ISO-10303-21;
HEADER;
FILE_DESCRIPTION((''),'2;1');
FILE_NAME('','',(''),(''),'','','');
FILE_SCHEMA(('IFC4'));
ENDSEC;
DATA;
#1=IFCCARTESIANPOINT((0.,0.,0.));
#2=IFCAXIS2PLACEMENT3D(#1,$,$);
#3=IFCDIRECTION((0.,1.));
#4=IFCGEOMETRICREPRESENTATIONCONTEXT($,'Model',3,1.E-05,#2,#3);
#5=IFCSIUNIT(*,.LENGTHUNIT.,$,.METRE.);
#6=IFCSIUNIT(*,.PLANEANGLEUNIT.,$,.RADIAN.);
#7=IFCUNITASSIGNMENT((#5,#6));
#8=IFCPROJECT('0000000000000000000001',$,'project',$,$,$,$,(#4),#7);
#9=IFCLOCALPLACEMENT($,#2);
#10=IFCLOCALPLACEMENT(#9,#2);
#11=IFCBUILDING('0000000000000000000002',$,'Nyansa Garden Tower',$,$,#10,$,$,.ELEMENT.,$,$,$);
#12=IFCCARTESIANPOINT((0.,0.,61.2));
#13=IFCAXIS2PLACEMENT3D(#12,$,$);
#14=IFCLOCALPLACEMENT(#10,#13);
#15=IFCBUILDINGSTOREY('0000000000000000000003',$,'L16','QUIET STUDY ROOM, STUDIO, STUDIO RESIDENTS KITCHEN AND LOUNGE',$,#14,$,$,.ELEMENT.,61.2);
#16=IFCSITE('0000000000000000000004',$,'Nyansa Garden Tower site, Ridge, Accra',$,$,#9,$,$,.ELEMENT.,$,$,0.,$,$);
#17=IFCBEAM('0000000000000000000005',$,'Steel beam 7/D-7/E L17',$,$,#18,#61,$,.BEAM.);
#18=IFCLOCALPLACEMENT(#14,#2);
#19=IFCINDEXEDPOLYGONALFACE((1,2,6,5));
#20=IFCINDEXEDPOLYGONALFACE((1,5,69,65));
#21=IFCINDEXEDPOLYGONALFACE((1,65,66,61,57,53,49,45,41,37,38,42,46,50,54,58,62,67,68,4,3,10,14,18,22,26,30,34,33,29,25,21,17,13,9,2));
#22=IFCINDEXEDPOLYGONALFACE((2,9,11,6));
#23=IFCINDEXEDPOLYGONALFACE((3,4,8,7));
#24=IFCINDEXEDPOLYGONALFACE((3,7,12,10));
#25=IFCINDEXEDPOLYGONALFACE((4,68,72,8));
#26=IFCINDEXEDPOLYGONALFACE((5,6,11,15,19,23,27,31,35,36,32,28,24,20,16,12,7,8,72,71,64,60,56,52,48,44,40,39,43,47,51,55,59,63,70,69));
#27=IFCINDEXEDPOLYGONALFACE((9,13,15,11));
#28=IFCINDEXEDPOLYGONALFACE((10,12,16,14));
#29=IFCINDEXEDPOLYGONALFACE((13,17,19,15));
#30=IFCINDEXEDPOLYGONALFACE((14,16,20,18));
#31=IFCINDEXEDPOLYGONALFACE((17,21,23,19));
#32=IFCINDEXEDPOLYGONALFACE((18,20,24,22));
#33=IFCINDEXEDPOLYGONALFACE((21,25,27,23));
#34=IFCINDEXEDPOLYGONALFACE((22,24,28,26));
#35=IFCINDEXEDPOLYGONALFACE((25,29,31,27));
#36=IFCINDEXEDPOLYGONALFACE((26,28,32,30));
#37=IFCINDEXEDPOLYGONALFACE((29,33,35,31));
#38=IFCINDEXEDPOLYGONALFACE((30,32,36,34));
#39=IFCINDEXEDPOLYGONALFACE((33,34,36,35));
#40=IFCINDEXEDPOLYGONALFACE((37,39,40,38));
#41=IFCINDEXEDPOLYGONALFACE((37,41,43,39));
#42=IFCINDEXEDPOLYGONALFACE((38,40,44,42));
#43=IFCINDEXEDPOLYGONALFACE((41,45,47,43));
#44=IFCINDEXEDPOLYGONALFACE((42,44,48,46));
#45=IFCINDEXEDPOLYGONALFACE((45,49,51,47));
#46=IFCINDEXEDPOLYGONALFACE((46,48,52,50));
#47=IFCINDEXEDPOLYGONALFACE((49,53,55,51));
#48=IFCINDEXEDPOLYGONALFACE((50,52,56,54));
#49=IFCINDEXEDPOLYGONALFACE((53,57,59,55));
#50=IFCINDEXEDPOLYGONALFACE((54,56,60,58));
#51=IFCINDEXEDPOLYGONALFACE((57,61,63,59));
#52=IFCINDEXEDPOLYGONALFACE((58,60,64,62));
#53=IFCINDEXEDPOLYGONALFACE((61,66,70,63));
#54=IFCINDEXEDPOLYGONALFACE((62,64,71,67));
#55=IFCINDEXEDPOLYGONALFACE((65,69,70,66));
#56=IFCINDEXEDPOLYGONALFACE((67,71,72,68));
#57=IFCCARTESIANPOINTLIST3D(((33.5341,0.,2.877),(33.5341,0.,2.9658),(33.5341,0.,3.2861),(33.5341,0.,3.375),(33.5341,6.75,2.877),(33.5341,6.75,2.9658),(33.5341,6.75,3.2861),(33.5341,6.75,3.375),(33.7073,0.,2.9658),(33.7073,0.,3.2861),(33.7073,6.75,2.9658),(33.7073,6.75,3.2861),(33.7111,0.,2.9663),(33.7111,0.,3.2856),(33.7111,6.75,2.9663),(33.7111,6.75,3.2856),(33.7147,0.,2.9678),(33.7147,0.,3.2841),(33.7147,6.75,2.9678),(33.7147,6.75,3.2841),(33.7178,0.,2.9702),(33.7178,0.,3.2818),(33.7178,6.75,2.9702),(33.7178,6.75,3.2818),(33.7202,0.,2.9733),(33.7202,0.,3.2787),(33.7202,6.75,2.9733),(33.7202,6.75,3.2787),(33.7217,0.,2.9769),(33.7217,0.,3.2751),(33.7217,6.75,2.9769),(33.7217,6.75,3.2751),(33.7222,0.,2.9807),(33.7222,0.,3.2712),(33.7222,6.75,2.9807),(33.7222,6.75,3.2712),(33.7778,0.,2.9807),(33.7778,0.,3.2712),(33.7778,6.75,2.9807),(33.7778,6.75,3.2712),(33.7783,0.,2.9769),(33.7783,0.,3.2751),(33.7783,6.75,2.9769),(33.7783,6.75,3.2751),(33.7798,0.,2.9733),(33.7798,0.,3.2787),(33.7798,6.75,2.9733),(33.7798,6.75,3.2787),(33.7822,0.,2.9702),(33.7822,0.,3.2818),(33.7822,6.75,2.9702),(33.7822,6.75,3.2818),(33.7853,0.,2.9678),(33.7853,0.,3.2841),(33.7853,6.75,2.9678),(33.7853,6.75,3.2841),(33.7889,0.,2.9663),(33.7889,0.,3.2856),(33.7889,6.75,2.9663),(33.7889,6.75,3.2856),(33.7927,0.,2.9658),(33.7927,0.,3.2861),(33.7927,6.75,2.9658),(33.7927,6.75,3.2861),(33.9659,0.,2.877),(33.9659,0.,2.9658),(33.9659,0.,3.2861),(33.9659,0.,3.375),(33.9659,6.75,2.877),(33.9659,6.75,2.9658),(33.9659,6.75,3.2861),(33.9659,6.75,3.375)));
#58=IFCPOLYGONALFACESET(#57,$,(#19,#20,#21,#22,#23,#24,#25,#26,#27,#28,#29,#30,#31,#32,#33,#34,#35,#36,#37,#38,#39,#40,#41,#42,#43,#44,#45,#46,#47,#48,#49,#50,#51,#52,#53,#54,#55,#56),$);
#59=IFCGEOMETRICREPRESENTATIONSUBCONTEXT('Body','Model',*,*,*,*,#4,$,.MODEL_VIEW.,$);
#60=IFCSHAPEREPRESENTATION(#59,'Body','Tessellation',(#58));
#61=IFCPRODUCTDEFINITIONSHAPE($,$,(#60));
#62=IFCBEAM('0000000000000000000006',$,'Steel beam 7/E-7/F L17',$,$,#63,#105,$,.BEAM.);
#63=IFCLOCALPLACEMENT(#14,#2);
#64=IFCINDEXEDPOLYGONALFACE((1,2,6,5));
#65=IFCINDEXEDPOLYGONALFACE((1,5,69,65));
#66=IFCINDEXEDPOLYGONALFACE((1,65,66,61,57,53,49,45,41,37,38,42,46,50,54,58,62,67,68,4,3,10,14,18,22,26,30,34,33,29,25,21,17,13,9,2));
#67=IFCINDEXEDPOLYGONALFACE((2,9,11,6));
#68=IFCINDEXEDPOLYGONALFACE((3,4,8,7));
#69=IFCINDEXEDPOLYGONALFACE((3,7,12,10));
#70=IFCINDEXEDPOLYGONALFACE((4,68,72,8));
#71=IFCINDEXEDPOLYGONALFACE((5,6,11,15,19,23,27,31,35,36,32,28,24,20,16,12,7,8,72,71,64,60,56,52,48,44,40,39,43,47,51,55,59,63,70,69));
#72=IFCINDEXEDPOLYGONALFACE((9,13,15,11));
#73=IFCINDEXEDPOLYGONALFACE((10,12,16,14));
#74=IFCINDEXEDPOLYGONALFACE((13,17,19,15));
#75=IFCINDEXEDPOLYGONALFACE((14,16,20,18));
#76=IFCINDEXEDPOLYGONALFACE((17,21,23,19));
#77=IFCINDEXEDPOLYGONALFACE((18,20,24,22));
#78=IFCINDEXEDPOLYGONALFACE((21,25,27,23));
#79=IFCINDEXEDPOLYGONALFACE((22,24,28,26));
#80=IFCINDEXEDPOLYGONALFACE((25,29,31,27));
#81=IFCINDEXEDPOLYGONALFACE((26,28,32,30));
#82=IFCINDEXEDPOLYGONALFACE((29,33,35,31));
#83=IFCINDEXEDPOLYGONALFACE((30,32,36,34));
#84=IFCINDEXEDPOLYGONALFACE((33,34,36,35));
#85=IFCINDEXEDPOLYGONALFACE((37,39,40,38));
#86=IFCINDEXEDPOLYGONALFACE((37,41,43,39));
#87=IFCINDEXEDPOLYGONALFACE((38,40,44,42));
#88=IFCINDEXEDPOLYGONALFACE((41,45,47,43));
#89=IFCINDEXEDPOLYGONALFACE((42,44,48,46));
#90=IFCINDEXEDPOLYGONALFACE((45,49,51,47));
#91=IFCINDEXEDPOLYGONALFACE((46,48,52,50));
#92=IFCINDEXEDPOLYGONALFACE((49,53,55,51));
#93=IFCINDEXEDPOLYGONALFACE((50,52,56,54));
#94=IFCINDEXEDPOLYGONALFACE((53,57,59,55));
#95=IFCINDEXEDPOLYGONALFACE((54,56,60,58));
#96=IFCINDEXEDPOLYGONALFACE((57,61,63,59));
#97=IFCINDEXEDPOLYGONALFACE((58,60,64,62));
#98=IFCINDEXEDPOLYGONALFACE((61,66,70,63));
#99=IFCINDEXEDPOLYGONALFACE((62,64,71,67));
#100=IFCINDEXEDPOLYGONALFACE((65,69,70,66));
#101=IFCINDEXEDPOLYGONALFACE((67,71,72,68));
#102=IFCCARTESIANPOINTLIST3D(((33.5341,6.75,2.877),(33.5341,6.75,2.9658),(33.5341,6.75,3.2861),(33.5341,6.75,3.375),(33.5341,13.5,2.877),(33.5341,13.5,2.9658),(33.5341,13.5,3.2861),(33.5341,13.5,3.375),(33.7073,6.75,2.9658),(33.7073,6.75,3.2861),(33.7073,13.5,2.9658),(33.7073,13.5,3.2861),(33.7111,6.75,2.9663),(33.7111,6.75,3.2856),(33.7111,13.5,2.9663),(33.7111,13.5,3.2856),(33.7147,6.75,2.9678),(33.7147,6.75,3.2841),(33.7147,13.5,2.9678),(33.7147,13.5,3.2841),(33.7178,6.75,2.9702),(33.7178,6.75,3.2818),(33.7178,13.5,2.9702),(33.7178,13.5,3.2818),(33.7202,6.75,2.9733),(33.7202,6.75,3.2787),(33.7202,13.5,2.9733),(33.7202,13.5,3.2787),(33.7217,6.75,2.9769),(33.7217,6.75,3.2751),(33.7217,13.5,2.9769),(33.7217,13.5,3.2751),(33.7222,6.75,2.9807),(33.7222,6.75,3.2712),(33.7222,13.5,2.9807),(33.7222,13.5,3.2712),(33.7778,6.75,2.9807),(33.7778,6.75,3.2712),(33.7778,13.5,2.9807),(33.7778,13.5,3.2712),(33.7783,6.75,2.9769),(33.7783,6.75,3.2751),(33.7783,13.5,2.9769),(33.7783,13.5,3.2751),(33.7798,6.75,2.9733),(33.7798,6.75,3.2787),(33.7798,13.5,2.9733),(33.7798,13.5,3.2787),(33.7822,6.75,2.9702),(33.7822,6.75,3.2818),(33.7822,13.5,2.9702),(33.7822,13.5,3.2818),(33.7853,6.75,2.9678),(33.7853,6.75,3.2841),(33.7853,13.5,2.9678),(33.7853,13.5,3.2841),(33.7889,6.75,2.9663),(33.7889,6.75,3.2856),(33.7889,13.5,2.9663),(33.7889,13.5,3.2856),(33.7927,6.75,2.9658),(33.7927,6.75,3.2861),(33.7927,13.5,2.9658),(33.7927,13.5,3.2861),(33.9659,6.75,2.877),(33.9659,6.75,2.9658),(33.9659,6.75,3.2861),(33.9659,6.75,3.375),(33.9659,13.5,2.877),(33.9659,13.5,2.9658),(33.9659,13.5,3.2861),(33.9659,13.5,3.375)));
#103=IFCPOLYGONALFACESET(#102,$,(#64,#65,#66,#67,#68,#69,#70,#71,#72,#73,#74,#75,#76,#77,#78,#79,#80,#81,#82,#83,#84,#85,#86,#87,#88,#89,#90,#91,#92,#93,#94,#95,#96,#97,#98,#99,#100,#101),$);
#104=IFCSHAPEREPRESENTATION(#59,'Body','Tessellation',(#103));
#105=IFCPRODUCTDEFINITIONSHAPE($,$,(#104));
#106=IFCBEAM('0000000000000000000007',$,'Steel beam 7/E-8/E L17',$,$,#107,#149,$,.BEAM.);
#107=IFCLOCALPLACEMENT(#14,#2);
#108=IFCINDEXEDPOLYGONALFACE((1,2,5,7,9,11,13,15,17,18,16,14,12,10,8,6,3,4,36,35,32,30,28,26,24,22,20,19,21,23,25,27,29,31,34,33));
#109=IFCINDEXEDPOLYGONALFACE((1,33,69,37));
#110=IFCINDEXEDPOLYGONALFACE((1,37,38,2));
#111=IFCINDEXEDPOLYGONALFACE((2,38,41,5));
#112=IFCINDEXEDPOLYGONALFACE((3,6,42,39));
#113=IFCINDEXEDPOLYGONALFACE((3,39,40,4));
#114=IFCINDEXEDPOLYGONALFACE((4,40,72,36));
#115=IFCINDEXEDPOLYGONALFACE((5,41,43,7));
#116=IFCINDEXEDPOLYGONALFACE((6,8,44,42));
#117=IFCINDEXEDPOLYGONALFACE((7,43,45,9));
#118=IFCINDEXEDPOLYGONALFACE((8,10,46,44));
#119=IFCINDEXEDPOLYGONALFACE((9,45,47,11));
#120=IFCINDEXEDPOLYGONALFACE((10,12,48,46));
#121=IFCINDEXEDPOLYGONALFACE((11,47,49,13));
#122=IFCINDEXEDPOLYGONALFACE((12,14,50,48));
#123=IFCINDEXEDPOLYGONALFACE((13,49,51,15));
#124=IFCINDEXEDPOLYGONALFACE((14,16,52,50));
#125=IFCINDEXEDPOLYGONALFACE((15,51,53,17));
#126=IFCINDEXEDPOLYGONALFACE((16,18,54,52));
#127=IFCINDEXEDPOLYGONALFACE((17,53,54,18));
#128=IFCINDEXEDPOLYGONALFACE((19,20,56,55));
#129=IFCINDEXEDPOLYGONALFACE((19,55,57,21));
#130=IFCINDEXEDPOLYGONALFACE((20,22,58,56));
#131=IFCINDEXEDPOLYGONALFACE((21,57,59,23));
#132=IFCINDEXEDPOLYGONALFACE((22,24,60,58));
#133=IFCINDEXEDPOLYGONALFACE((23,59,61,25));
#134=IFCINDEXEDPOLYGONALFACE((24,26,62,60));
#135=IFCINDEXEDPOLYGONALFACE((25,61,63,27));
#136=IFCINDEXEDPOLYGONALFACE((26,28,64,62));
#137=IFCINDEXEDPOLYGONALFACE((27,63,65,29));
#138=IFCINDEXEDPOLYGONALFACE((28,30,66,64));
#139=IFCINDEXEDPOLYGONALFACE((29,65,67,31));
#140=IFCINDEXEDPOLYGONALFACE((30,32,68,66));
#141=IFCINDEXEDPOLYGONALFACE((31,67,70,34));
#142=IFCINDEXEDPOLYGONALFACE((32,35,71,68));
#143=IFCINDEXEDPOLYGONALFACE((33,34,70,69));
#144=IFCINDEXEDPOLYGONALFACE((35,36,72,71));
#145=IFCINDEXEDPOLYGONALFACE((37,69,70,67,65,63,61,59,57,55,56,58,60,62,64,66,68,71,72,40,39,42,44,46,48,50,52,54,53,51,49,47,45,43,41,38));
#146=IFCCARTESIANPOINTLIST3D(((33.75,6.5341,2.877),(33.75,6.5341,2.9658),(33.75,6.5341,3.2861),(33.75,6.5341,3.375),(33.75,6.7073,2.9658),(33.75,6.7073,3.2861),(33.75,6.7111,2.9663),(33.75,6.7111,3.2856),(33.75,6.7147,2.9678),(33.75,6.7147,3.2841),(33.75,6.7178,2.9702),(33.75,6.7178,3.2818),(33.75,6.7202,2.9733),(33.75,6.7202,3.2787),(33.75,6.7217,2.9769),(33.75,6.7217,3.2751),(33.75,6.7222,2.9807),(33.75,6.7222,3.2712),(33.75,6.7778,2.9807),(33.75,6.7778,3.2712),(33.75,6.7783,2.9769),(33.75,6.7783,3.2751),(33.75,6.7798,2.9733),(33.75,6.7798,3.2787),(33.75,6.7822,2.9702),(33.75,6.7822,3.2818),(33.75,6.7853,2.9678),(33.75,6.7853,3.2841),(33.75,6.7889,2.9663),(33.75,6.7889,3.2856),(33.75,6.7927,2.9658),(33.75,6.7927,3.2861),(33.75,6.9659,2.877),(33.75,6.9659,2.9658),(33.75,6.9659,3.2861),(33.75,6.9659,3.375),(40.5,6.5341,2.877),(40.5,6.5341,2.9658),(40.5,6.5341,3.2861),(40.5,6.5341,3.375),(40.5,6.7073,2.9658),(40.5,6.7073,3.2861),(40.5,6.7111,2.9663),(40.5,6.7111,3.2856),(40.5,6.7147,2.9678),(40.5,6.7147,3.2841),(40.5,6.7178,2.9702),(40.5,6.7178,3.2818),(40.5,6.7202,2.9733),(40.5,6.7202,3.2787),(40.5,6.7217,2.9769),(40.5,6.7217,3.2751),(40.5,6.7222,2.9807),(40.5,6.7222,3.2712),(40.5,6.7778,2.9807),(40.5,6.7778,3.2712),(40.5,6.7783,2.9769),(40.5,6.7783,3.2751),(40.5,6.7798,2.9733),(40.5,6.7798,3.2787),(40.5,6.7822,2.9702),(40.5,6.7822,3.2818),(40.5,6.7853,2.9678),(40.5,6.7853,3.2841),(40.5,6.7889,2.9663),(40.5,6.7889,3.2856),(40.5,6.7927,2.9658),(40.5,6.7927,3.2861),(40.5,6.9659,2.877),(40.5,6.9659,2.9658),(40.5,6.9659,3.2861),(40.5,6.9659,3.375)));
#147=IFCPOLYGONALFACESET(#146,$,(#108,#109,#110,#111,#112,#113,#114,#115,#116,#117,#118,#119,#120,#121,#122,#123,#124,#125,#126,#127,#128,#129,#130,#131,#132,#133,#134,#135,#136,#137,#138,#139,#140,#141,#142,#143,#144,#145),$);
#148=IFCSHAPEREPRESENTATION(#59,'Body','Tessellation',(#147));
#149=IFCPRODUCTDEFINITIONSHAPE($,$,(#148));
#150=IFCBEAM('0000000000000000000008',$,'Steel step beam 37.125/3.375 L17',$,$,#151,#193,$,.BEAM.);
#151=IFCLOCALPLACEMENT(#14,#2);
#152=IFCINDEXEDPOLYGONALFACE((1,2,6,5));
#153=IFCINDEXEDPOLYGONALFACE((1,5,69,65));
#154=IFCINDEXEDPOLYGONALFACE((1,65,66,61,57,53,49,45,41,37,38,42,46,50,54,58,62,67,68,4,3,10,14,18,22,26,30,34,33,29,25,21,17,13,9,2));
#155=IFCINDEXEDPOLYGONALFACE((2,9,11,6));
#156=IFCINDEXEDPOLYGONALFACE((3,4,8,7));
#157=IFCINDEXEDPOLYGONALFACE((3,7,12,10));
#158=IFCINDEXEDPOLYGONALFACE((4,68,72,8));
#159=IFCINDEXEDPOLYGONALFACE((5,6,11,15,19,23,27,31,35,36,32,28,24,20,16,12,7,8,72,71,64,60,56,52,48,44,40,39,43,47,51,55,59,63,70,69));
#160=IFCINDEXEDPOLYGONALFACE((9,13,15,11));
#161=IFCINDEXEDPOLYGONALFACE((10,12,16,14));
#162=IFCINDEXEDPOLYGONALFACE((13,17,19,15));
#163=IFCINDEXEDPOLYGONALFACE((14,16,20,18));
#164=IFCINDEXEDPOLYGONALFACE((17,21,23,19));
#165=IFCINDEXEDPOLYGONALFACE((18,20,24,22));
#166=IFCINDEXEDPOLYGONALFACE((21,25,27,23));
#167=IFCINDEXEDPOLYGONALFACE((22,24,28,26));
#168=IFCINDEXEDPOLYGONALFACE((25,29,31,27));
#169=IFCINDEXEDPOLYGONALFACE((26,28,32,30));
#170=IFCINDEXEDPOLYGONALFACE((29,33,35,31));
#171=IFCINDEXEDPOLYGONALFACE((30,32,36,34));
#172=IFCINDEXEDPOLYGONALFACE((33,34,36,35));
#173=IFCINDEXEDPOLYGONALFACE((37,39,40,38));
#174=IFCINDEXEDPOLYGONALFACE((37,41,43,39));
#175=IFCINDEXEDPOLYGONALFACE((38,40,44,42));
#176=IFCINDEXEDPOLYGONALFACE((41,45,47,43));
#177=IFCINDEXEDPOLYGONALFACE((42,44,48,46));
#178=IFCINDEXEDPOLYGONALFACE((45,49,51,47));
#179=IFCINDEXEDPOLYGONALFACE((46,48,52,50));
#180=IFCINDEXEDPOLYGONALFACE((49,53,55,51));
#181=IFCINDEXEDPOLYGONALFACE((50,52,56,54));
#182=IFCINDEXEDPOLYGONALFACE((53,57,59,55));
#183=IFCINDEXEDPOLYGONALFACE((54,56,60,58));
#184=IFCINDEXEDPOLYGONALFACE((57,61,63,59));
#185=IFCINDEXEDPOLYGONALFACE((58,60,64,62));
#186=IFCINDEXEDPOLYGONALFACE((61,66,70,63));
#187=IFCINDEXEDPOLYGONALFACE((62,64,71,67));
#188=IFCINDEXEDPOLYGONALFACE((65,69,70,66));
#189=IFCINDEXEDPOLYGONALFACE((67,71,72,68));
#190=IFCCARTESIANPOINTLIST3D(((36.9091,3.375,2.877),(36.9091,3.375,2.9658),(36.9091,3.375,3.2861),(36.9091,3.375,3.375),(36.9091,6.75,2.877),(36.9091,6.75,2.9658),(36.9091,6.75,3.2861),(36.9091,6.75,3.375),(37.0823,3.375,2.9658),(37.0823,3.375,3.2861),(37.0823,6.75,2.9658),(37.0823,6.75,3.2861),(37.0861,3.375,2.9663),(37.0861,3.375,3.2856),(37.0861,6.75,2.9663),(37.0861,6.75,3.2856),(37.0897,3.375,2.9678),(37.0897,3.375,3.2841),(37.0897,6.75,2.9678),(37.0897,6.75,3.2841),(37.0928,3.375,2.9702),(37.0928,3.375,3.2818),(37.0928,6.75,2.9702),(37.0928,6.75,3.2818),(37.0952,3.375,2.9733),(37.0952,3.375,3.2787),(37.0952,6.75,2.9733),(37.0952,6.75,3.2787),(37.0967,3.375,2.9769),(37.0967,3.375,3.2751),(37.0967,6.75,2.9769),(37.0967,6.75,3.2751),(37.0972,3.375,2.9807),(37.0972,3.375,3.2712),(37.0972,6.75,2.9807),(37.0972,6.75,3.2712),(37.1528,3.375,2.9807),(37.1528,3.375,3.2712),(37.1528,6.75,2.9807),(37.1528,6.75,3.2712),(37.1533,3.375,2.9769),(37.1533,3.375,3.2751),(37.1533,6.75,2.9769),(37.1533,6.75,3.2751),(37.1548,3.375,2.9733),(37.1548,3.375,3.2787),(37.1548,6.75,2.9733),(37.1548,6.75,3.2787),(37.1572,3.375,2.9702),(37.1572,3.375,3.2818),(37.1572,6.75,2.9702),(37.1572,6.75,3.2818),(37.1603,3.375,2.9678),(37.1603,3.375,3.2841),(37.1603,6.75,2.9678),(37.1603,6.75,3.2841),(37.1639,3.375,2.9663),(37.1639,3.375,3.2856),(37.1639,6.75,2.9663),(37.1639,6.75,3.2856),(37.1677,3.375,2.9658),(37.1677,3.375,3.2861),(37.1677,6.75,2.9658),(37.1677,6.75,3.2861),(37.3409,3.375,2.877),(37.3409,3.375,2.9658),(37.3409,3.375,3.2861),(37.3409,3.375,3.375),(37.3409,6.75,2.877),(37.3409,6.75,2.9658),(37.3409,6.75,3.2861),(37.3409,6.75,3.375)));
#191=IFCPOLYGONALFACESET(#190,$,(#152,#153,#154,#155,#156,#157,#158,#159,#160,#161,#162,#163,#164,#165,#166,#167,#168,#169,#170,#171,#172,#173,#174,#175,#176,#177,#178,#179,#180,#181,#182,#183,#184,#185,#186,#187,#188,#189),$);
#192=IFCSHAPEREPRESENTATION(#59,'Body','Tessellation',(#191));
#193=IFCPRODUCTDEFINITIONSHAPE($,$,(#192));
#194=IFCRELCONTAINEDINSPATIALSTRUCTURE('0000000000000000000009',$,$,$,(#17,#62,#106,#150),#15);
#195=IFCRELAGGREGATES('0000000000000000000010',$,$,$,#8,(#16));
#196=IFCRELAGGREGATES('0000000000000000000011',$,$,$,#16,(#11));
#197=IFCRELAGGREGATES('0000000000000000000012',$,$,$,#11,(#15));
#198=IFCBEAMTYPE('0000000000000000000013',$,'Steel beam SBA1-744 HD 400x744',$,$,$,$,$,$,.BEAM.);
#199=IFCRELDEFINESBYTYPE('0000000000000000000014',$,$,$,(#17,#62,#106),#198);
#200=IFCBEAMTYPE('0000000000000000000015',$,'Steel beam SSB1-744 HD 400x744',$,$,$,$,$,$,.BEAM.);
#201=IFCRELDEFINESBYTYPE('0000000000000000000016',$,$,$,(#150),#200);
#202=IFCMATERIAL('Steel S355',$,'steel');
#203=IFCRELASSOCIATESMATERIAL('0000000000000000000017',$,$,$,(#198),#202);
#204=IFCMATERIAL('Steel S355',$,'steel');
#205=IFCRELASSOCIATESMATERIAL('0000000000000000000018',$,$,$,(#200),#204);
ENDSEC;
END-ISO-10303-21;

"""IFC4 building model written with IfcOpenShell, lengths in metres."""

from ifc_helpers import new_model, si_unit, direction, frame, origin, origin_2d, place, context, subcontext, project, spatial, i_section, extrude, material, material_profile, profile_set, type_object, element, save


model = new_model("IFC4")

# Units and contexts
model_context = context("Model", 3, precision=1e-05, world=origin(), true_north=direction((0.0, 1.0)))
body_context = subcontext(model_context, "Body", "Model", "MODEL_VIEW")
ifc_project = project(units=[si_unit("LENGTHUNIT", "METRE"), si_unit("PLANEANGLEUNIT", "RADIAN")], contexts=[model_context])

# Site, building, storey
site_placement = place(None, origin())
site = spatial("IfcSite", under=ifc_project, at=site_placement, Name="Nyansa Garden Tower site, Ridge, Accra", CompositionType="ELEMENT", RefElevation=0.0)
building_placement = place(site_placement, origin())
building = spatial("IfcBuilding", under=site, at=building_placement, Name="Nyansa Garden Tower", CompositionType="ELEMENT")
storey_placement = place(building_placement, frame((0.0, 0.0, 61.2)))
storey = spatial("IfcBuildingStorey", under=building, at=storey_placement, Name="L16", Description="QUIET STUDY ROOM, STUDIO, STUDIO RESIDENTS KITCHEN AND LOUNGE", CompositionType="ELEMENT", Elevation=61.2)

# Beams
ifc_material_1 = material(Name="Steel S355", Category="steel")
ifc_material_profile_1 = material_profile(ifc_material_1, i_section(OverallWidth=0.4319, OverallDepth=0.498, WebThickness=0.0557, FlangeThickness=0.0889, FilletRadius=0.0149, at=origin_2d()), Name="HD 400x744")
ifc_profile_set_1 = profile_set([ifc_material_profile_1], Name="Steel S355")
beam_type_1 = type_object("IfcBeamType", Name="Steel beam SBA1-744 HD 400x744", PredefinedType="BEAM", material=ifc_profile_set_1)
for number, where, z_axis, x_axis, name in (
    (1, (33.75, 0.0, 3.126), (0.0, 1.0, 0.0), (-1.0, 0.0, 0.0), "Steel beam 7/D-7/E L17"),
    (2, (33.75, 6.75, 3.126), (0.0, 1.0, 0.0), (-1.0, 0.0, 0.0), "Steel beam 7/E-7/F L17"),
    (3, (33.75, 6.75, 3.126), (1.0, 0.0, 0.0), (0.0, 1.0, 0.0), "Steel beam 7/E-8/E L17"),
):
    element("IfcBeam", number, at=place(storey_placement, frame(where, z_axis=z_axis, x_axis=x_axis)), inside=storey, type_object=beam_type_1, Name=name, PredefinedType="BEAM", context=body_context, shape_type="SweptSolid", body=[
        extrude(i_section(OverallWidth=0.4319, OverallDepth=0.498, WebThickness=0.0557, FlangeThickness=0.0889, FilletRadius=0.0149, at=origin_2d()), origin(), (0.0, 0.0, 1.0), 6.75),
    ])
ifc_material_2 = material(Name="Steel S355", Category="steel")
ifc_material_profile_2 = material_profile(ifc_material_2, i_section(OverallWidth=0.4319, OverallDepth=0.498, WebThickness=0.0557, FlangeThickness=0.0889, FilletRadius=0.0149, at=origin_2d()), Name="HD 400x744")
ifc_profile_set_2 = profile_set([ifc_material_profile_2], Name="Steel S355")
beam_type_2 = type_object("IfcBeamType", Name="Steel beam SSB1-744 HD 400x744", PredefinedType="BEAM", material=ifc_profile_set_2)
for number, where, z_axis, x_axis, name in (
    (4, (37.125, 3.375, 3.126), (0.0, 1.0, 0.0), (-1.0, 0.0, 0.0), "Steel step beam 37.125/3.375 L17"),
):
    element("IfcBeam", number, at=place(storey_placement, frame(where, z_axis=z_axis, x_axis=x_axis)), inside=storey, type_object=beam_type_2, Name=name, PredefinedType="BEAM", context=body_context, shape_type="SweptSolid", body=[
        extrude(i_section(OverallWidth=0.4319, OverallDepth=0.498, WebThickness=0.0557, FlangeThickness=0.0889, FilletRadius=0.0149, at=origin_2d()), origin(), (0.0, 0.0, 1.0), 3.375),
    ])

save(model, "model.ifc")
